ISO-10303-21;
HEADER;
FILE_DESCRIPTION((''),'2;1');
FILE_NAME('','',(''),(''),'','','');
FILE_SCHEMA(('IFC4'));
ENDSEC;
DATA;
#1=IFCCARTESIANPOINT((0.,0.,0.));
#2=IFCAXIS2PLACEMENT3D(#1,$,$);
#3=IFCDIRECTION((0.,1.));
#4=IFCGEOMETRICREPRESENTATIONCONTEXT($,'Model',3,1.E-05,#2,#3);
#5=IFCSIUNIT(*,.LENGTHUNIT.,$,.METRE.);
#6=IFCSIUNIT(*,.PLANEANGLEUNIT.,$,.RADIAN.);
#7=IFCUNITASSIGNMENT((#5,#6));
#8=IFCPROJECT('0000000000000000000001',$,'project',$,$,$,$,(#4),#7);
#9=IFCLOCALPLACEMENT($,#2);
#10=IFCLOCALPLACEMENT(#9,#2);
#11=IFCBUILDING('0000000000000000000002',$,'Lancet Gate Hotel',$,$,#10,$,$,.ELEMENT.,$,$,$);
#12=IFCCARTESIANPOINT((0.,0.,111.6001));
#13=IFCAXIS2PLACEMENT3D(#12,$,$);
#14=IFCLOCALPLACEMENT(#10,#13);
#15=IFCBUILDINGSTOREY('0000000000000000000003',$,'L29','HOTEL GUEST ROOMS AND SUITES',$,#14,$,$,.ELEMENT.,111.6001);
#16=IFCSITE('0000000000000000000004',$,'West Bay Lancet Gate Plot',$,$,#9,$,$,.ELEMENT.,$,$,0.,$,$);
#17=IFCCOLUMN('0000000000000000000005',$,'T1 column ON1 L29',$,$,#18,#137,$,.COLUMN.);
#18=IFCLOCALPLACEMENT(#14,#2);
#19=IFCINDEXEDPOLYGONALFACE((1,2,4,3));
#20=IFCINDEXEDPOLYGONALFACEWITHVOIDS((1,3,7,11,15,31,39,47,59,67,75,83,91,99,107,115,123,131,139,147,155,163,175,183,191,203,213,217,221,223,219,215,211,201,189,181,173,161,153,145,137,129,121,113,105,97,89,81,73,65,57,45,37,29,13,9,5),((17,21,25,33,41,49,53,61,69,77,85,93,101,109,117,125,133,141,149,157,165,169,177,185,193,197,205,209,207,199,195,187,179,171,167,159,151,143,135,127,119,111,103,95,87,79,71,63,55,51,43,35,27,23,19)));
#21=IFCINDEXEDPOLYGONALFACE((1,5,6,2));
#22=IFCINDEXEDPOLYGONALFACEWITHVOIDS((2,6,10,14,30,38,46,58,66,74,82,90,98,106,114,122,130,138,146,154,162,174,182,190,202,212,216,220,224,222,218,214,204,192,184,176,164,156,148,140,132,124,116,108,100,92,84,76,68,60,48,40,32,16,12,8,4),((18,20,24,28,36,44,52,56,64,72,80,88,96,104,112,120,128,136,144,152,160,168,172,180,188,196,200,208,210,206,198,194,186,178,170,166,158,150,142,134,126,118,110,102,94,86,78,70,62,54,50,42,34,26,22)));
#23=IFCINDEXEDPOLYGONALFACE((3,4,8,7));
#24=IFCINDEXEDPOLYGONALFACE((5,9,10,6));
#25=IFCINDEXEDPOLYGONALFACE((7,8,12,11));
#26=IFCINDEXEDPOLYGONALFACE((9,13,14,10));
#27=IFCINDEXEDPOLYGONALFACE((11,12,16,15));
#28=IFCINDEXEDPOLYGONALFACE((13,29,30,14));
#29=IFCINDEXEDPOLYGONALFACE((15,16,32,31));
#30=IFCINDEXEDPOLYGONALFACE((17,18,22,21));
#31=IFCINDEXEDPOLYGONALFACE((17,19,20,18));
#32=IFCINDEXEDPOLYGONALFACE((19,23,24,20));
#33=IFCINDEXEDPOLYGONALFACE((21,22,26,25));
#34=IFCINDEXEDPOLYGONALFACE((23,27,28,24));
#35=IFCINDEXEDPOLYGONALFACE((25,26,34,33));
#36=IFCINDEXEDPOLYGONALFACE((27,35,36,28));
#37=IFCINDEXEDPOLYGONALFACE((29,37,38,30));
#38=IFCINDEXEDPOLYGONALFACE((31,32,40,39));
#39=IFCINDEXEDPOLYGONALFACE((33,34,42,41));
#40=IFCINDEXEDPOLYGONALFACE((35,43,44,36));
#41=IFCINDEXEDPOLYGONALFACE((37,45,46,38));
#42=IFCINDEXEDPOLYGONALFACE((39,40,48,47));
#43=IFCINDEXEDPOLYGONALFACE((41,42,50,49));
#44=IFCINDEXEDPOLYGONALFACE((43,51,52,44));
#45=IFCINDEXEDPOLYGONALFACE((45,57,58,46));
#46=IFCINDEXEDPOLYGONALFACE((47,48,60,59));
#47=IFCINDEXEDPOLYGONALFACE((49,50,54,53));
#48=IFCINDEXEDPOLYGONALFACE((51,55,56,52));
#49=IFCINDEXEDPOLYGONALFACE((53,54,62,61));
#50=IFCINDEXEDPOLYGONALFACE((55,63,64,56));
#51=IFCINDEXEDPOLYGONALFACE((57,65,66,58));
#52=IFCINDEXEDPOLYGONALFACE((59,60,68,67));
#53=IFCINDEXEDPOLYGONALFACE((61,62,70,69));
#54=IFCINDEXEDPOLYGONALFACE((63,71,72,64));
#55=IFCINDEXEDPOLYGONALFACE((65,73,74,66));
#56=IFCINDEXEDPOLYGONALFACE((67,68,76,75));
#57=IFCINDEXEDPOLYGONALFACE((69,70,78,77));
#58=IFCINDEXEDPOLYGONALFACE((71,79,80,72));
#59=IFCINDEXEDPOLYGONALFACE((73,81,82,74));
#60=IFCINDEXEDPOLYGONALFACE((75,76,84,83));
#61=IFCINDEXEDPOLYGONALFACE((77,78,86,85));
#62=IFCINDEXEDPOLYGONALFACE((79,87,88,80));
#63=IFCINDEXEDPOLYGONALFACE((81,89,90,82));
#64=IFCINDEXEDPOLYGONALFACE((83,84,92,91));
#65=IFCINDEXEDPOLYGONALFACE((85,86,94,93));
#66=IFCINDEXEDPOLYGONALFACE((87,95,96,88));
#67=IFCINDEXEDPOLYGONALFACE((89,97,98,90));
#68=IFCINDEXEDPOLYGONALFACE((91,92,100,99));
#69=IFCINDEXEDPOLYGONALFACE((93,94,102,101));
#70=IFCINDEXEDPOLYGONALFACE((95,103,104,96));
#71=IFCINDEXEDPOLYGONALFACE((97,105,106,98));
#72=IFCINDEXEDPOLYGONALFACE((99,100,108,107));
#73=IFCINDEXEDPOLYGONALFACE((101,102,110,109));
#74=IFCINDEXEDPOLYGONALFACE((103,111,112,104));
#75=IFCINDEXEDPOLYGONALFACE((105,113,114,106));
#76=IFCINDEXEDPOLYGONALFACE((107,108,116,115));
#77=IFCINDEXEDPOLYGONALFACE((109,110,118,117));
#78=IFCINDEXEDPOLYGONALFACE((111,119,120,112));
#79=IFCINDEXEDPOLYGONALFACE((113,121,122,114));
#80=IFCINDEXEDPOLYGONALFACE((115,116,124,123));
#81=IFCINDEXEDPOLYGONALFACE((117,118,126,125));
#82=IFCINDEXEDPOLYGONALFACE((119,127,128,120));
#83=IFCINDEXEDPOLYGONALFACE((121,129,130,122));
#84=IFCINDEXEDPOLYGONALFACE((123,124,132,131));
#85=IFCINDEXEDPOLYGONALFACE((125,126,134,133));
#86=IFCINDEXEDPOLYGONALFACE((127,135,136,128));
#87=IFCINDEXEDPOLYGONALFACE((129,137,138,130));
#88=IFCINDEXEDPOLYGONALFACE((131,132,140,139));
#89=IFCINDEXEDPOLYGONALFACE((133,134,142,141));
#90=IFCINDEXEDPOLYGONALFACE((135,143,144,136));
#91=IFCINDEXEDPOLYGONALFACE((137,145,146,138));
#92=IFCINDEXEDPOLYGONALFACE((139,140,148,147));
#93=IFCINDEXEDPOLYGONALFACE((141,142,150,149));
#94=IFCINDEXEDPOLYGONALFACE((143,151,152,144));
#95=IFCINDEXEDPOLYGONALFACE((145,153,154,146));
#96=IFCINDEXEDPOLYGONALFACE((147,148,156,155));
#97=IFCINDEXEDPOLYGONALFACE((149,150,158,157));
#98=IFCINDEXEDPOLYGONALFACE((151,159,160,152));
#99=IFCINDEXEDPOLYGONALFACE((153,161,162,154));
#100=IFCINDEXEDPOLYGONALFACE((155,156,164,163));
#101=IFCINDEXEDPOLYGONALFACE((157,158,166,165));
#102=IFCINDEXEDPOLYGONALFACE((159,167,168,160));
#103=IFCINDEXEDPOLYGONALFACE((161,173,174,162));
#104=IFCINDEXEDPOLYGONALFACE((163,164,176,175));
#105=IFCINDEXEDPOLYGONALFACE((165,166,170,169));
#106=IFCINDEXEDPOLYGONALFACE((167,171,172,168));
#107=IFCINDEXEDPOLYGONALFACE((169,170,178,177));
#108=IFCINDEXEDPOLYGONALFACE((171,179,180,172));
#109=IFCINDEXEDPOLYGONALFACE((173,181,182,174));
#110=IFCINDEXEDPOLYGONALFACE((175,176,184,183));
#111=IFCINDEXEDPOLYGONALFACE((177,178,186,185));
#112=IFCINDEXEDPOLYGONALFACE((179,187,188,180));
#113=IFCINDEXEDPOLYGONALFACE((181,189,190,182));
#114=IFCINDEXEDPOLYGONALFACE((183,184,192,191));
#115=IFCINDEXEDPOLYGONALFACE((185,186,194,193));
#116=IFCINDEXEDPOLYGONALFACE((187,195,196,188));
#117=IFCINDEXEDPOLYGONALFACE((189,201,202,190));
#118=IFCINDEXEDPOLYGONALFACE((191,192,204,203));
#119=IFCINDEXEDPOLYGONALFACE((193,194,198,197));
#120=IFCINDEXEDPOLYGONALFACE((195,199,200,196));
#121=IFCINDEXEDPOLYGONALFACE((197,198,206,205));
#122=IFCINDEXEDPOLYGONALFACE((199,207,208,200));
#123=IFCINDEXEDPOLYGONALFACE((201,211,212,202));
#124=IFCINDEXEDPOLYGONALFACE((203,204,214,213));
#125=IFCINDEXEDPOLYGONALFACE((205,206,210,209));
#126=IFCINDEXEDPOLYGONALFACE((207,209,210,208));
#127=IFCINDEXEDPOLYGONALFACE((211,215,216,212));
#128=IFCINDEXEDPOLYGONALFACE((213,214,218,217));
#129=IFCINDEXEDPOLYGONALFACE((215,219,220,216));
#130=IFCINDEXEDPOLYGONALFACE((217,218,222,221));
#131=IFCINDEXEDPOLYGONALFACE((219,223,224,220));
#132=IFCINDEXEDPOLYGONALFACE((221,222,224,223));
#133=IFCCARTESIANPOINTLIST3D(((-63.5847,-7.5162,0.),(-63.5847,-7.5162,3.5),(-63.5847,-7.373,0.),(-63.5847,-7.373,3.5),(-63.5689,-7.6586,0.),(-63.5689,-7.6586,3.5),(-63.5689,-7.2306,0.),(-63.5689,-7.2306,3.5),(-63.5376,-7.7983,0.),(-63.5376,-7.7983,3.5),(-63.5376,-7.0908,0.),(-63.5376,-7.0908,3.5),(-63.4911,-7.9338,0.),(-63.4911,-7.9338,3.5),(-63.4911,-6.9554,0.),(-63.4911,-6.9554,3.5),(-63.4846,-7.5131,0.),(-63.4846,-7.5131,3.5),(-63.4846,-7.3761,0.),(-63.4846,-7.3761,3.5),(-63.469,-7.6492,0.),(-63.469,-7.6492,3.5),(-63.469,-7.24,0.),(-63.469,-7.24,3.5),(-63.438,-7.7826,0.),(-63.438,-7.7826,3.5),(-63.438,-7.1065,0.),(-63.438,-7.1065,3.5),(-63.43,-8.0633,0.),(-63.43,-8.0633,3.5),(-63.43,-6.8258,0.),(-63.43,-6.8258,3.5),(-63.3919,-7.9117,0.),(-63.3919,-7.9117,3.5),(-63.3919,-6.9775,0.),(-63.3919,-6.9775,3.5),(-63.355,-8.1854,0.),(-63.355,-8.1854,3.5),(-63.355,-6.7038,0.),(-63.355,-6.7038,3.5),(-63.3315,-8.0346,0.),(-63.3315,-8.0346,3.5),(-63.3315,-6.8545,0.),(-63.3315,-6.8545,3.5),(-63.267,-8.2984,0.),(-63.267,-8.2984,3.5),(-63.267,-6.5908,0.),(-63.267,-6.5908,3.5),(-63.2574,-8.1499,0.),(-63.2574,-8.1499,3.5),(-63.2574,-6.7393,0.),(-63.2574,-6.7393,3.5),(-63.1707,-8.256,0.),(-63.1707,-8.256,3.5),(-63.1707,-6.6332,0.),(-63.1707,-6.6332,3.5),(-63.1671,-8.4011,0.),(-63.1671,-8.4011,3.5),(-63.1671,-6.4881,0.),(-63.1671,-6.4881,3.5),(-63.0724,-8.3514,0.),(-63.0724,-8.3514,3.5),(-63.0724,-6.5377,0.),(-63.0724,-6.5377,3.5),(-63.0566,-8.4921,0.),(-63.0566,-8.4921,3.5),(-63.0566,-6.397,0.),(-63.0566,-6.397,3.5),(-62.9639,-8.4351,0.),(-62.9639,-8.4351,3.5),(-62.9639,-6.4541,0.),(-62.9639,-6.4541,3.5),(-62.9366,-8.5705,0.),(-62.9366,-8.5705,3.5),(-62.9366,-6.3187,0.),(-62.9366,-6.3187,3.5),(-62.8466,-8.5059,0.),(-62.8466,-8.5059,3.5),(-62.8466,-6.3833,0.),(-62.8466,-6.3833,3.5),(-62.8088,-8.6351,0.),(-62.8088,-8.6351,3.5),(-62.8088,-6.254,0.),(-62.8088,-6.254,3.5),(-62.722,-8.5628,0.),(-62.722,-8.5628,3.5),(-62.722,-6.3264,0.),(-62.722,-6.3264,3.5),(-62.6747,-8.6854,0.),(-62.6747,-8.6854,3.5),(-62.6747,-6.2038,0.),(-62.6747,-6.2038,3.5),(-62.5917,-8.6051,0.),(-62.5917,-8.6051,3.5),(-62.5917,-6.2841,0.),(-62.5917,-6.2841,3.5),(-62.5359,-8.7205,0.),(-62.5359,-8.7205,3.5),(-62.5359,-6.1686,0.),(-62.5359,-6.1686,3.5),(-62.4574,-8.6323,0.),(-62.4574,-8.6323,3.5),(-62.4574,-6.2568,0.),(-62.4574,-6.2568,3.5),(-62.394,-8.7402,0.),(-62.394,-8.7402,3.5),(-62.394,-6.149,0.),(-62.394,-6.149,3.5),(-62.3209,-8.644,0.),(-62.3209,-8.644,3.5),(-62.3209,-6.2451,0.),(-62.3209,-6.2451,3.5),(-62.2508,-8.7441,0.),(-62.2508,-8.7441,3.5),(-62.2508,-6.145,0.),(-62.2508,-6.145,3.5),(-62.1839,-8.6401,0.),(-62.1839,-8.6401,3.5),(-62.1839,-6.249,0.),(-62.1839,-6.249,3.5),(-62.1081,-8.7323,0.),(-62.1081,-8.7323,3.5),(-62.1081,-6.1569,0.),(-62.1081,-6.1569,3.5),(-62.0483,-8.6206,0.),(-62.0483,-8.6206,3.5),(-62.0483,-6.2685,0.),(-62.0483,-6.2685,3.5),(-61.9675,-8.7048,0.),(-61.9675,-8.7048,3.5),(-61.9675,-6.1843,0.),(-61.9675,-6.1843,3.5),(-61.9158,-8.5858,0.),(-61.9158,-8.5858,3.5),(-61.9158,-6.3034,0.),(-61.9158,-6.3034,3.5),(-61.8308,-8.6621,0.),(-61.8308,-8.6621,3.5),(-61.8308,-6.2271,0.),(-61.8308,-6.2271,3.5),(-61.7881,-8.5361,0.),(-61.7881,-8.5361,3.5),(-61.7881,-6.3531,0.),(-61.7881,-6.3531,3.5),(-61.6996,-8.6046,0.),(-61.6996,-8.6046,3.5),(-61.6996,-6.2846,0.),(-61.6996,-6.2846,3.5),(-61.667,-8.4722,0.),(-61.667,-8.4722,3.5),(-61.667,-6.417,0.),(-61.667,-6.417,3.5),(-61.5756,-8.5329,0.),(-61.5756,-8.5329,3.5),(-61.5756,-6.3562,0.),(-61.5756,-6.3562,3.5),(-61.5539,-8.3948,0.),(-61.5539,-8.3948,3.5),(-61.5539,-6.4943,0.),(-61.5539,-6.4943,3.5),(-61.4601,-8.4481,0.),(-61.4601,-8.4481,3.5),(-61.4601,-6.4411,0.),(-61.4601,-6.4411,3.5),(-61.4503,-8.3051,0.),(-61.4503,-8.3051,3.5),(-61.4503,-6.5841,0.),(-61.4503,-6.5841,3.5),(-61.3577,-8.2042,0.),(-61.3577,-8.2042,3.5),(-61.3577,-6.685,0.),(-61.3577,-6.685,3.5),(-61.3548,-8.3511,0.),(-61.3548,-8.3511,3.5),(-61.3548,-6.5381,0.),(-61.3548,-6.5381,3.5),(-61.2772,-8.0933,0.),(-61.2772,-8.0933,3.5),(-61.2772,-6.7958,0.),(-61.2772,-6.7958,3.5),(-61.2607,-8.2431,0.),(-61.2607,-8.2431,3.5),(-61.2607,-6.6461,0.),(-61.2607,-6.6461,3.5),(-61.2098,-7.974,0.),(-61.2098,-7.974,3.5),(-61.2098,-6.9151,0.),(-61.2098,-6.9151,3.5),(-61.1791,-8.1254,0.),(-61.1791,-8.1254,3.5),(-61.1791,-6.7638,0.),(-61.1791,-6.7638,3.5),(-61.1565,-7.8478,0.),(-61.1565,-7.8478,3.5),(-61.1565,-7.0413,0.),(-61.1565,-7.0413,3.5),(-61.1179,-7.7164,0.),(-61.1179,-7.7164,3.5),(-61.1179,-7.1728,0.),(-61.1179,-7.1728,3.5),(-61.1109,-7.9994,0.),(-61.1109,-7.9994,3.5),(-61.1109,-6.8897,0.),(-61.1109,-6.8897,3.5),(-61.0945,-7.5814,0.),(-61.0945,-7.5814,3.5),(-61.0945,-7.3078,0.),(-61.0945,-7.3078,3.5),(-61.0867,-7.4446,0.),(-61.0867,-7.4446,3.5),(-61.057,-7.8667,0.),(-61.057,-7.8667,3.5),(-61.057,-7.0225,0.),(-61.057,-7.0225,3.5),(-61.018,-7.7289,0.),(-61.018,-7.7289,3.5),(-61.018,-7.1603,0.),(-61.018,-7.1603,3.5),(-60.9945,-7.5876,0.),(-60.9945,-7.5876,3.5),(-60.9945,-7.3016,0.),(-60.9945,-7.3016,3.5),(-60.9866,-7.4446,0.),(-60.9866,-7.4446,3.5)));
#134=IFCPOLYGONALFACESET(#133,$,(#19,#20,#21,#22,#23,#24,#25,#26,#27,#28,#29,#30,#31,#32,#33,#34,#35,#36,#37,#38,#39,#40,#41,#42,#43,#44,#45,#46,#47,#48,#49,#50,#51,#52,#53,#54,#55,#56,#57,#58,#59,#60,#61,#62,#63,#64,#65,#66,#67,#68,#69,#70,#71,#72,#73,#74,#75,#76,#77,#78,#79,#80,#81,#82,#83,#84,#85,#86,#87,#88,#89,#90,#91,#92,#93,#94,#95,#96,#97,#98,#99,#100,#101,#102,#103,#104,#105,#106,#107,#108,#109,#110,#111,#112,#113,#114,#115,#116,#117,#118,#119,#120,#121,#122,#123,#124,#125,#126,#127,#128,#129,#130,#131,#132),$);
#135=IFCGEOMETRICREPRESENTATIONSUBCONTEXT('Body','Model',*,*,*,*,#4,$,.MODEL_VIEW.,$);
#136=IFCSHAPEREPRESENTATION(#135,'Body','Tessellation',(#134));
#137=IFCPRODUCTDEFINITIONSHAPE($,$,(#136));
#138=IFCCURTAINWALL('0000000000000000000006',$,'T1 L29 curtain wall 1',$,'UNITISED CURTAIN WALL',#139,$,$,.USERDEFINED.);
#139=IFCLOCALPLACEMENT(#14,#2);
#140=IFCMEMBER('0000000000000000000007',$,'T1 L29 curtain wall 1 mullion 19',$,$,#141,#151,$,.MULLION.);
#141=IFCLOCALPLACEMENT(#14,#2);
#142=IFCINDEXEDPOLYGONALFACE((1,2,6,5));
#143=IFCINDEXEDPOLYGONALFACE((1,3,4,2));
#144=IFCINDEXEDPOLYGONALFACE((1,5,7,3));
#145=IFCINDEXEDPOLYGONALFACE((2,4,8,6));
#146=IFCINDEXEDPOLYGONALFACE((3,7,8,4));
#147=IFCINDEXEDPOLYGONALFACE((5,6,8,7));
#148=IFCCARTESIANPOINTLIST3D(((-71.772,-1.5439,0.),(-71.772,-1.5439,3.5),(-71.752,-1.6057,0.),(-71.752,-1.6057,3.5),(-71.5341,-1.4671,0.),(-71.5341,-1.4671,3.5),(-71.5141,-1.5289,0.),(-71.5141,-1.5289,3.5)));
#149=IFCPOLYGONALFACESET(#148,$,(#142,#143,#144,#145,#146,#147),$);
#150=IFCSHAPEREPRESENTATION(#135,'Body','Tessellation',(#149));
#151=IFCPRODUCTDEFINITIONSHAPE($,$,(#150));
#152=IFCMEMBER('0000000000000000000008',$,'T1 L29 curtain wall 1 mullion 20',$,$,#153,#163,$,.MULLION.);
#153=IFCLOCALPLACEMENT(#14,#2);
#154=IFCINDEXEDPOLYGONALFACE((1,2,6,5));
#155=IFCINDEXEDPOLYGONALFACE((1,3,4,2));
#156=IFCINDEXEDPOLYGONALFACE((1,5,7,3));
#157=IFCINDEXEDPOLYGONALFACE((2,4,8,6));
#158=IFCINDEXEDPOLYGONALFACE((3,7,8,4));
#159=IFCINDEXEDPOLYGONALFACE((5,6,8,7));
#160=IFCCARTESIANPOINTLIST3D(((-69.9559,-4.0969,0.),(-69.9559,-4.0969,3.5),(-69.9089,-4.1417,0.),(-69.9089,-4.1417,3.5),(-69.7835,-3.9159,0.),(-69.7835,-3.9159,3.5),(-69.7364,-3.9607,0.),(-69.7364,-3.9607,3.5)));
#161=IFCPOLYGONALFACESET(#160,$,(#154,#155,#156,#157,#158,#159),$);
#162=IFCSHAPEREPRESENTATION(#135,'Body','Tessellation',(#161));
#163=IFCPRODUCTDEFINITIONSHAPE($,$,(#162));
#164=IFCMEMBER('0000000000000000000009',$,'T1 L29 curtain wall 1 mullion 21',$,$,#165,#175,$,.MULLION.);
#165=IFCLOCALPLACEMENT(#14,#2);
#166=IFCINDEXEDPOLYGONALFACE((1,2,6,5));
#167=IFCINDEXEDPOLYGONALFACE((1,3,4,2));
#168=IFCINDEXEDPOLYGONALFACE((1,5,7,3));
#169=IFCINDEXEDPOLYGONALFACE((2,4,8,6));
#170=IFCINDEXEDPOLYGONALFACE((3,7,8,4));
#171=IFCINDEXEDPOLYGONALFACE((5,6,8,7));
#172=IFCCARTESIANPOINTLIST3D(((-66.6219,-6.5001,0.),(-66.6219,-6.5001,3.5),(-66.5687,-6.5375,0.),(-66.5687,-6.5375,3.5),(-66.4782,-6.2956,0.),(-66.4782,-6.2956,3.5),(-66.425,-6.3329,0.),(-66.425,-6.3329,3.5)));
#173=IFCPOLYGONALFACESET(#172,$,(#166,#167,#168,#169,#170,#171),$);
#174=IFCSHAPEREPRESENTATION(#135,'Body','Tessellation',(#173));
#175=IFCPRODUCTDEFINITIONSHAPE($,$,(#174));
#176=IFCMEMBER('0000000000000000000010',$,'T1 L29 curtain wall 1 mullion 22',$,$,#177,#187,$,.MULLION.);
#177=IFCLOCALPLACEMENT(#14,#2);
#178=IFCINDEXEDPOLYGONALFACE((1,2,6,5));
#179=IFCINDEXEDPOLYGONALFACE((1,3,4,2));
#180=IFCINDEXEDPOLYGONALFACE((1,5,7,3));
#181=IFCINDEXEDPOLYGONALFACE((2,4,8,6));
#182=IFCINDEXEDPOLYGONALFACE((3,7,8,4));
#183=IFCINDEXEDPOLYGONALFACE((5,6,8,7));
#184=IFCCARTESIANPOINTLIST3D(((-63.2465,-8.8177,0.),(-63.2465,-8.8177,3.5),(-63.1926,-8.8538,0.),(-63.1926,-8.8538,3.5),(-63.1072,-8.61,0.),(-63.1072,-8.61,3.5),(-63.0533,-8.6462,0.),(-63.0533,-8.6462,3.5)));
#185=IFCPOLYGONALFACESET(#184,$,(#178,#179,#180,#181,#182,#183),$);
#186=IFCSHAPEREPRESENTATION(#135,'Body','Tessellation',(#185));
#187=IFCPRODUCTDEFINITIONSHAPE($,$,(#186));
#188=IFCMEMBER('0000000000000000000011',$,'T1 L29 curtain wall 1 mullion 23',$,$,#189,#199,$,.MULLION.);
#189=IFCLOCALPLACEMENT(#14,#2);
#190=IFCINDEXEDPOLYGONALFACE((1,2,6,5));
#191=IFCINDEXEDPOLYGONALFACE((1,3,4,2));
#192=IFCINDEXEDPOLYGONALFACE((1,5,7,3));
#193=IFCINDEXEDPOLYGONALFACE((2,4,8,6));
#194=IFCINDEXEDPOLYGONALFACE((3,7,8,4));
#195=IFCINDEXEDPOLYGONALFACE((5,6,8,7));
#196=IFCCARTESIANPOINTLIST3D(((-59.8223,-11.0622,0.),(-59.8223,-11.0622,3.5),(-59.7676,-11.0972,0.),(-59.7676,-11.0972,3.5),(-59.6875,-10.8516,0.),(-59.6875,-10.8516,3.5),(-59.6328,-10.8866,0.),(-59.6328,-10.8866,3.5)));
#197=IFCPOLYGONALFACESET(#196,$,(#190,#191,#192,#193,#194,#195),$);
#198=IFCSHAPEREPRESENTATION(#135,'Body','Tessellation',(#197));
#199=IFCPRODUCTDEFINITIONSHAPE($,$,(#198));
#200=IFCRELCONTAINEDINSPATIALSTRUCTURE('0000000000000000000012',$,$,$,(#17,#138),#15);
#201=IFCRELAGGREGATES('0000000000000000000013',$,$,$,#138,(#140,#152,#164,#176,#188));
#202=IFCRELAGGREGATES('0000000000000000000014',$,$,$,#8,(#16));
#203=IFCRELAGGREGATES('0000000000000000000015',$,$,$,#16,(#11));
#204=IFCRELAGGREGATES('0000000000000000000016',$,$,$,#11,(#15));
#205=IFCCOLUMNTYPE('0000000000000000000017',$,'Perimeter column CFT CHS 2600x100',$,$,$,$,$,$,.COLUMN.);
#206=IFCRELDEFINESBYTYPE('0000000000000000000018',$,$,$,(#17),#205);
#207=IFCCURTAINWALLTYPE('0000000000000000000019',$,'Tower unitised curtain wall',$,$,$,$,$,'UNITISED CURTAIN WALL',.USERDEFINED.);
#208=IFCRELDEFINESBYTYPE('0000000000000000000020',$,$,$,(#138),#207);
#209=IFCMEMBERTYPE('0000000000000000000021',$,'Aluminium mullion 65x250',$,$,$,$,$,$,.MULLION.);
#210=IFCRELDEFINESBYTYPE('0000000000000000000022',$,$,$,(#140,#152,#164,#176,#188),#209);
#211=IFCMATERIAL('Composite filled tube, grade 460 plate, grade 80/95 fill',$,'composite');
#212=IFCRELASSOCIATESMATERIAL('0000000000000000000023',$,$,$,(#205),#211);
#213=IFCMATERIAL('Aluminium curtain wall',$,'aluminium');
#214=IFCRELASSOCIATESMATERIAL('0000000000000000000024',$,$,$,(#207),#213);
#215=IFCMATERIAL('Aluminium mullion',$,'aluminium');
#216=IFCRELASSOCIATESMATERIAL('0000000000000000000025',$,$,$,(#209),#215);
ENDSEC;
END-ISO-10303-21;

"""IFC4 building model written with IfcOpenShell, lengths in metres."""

from ifc_helpers import new_model, si_unit, direction, frame, origin, origin_2d, place, context, subcontext, project, spatial, rectangle, hollow_circle, extrude, material, material_profile, profile_set, type_object, element, aggregate, save


model = new_model("IFC4")

# Units and contexts
model_context = context("Model", 3, precision=1e-05, world=origin(), true_north=direction((0.0, 1.0)))
body_context = subcontext(model_context, "Body", "Model", "MODEL_VIEW")
ifc_project = project(units=[si_unit("LENGTHUNIT", "METRE"), si_unit("PLANEANGLEUNIT", "RADIAN")], contexts=[model_context])

# Site, building, storey
site_placement = place(None, origin())
site = spatial("IfcSite", under=ifc_project, at=site_placement, Name="West Bay Lancet Gate Plot", CompositionType="ELEMENT", RefElevation=0.0)
building_placement = place(site_placement, origin())
building = spatial("IfcBuilding", under=site, at=building_placement, Name="Lancet Gate Hotel", CompositionType="ELEMENT")
storey_placement = place(building_placement, frame((0.0, 0.0, 111.6001)))
storey = spatial("IfcBuildingStorey", under=building, at=storey_placement, Name="L29", Description="HOTEL GUEST ROOMS AND SUITES", CompositionType="ELEMENT", Elevation=111.6001)

# Column
ifc_material_1 = material(Name="Composite filled tube, grade 460 plate, grade 80/95 fill", Category="composite")
ifc_material_profile_1 = material_profile(ifc_material_1, hollow_circle(Radius=1.3, WallThickness=0.1001, at=origin_2d()), Name="CHS 2600x100")
ifc_profile_set_1 = profile_set([ifc_material_profile_1], Name="Composite filled tube, grade 460 plate, grade 80/95 fill")
column_type_1 = type_object("IfcColumnType", Name="Perimeter column CFT CHS 2600x100", PredefinedType="COLUMN", material=ifc_profile_set_1)
column_1_placement = place(storey_placement, frame((-62.2866, -7.4446, 0.0), z_axis=(0.0, 0.0, 1.0), x_axis=(1.0, 0.0, 0.0)))
element("IfcColumn", 1, at=column_1_placement, inside=storey, type_object=column_type_1, Name="T1 column ON1 L29", PredefinedType="COLUMN", context=body_context, shape_type="SweptSolid", body=[
    extrude(hollow_circle(Radius=1.3, WallThickness=0.1001, at=origin_2d()), origin(), (0.0, 0.0, 1.0), 3.5),
])

# Curtain wall, members
ifc_material_2 = material(Name="Aluminium curtain wall", Category="aluminium")
curtain_wall_type = type_object("IfcCurtainWallType", Name="Tower unitised curtain wall", ElementType="UNITISED CURTAIN WALL", PredefinedType="USERDEFINED", material=ifc_material_2)
curtain_wall_placement = place(storey_placement, origin())
curtain_wall = element("IfcCurtainWall", 2, at=curtain_wall_placement, inside=storey, type_object=curtain_wall_type, Name="T1 L29 curtain wall 1", ObjectType="UNITISED CURTAIN WALL", PredefinedType="USERDEFINED")
ifc_material_3 = material(Name="Aluminium mullion", Category="aluminium")
ifc_material_profile_2 = material_profile(ifc_material_3, rectangle(XDim=0.0649, YDim=0.25, at=origin_2d()), Name="MULLION 65x250")
ifc_profile_set_2 = profile_set([ifc_material_profile_2], Name="Aluminium mullion")
member_type_1 = type_object("IfcMemberType", Name="Aluminium mullion 65x250", PredefinedType="MULLION", material=ifc_profile_set_2)
member_1_placement = place(storey_placement, frame((-71.6431, -1.5364, 0.0), z_axis=(0.0, 0.0, 1.0), x_axis=(0.307269, -0.951623, 0.0)))
member_1 = element("IfcMember", 3, at=member_1_placement, type_object=member_type_1, Name="T1 L29 curtain wall 1 mullion 19", PredefinedType="MULLION", context=body_context, shape_type="SweptSolid", body=[
    extrude(rectangle(XDim=0.0649, YDim=0.25, at=origin_2d()), origin(), (0.0, 0.0, 1.0), 3.5),
])
member_2_placement = place(storey_placement, frame((-69.8462, -4.0288, 0.0), z_axis=(0.0, 0.0, 1.0), x_axis=(0.723846, -0.689961, 0.0)))
member_2 = element("IfcMember", 4, at=member_2_placement, type_object=member_type_1, Name="T1 L29 curtain wall 1 mullion 20", PredefinedType="MULLION", context=body_context, shape_type="SweptSolid", body=[
    extrude(rectangle(XDim=0.0649, YDim=0.25, at=origin_2d()), origin(), (0.0, 0.0, 1.0), 3.5),
])
member_3_placement = place(storey_placement, frame((-66.5234, -6.4165, 0.0), z_axis=(0.0, 0.0, 1.0), x_axis=(0.818327, -0.574753, 0.0)))
member_3 = element("IfcMember", 5, at=member_3_placement, type_object=member_type_1, Name="T1 L29 curtain wall 1 mullion 21", PredefinedType="MULLION", context=body_context, shape_type="SweptSolid", body=[
    extrude(rectangle(XDim=0.0649, YDim=0.25, at=origin_2d()), origin(), (0.0, 0.0, 1.0), 3.5),
])
member_4_placement = place(storey_placement, frame((-63.1499, -8.7319, 0.0), z_axis=(0.0, 0.0, 1.0), x_axis=(0.83051, -0.557004, 0.0)))
member_4 = element("IfcMember", 6, at=member_4_placement, type_object=member_type_1, Name="T1 L29 curtain wall 1 mullion 22", PredefinedType="MULLION", context=body_context, shape_type="SweptSolid", body=[
    extrude(rectangle(XDim=0.0649, YDim=0.25, at=origin_2d()), origin(), (0.0, 0.0, 1.0), 3.5),
])
member_5_placement = place(storey_placement, frame((-59.7275, -10.9744, 0.0), z_axis=(0.0, 0.0, 1.0), x_axis=(0.842308, -0.538996, 0.0)))
member_5 = element("IfcMember", 7, at=member_5_placement, type_object=member_type_1, Name="T1 L29 curtain wall 1 mullion 23", PredefinedType="MULLION", context=body_context, shape_type="SweptSolid", body=[
    extrude(rectangle(XDim=0.0649, YDim=0.25, at=origin_2d()), origin(), (0.0, 0.0, 1.0), 3.5),
])

aggregate(curtain_wall, [member_1, member_2, member_3, member_4, member_5])

save(model, "model.ifc")
